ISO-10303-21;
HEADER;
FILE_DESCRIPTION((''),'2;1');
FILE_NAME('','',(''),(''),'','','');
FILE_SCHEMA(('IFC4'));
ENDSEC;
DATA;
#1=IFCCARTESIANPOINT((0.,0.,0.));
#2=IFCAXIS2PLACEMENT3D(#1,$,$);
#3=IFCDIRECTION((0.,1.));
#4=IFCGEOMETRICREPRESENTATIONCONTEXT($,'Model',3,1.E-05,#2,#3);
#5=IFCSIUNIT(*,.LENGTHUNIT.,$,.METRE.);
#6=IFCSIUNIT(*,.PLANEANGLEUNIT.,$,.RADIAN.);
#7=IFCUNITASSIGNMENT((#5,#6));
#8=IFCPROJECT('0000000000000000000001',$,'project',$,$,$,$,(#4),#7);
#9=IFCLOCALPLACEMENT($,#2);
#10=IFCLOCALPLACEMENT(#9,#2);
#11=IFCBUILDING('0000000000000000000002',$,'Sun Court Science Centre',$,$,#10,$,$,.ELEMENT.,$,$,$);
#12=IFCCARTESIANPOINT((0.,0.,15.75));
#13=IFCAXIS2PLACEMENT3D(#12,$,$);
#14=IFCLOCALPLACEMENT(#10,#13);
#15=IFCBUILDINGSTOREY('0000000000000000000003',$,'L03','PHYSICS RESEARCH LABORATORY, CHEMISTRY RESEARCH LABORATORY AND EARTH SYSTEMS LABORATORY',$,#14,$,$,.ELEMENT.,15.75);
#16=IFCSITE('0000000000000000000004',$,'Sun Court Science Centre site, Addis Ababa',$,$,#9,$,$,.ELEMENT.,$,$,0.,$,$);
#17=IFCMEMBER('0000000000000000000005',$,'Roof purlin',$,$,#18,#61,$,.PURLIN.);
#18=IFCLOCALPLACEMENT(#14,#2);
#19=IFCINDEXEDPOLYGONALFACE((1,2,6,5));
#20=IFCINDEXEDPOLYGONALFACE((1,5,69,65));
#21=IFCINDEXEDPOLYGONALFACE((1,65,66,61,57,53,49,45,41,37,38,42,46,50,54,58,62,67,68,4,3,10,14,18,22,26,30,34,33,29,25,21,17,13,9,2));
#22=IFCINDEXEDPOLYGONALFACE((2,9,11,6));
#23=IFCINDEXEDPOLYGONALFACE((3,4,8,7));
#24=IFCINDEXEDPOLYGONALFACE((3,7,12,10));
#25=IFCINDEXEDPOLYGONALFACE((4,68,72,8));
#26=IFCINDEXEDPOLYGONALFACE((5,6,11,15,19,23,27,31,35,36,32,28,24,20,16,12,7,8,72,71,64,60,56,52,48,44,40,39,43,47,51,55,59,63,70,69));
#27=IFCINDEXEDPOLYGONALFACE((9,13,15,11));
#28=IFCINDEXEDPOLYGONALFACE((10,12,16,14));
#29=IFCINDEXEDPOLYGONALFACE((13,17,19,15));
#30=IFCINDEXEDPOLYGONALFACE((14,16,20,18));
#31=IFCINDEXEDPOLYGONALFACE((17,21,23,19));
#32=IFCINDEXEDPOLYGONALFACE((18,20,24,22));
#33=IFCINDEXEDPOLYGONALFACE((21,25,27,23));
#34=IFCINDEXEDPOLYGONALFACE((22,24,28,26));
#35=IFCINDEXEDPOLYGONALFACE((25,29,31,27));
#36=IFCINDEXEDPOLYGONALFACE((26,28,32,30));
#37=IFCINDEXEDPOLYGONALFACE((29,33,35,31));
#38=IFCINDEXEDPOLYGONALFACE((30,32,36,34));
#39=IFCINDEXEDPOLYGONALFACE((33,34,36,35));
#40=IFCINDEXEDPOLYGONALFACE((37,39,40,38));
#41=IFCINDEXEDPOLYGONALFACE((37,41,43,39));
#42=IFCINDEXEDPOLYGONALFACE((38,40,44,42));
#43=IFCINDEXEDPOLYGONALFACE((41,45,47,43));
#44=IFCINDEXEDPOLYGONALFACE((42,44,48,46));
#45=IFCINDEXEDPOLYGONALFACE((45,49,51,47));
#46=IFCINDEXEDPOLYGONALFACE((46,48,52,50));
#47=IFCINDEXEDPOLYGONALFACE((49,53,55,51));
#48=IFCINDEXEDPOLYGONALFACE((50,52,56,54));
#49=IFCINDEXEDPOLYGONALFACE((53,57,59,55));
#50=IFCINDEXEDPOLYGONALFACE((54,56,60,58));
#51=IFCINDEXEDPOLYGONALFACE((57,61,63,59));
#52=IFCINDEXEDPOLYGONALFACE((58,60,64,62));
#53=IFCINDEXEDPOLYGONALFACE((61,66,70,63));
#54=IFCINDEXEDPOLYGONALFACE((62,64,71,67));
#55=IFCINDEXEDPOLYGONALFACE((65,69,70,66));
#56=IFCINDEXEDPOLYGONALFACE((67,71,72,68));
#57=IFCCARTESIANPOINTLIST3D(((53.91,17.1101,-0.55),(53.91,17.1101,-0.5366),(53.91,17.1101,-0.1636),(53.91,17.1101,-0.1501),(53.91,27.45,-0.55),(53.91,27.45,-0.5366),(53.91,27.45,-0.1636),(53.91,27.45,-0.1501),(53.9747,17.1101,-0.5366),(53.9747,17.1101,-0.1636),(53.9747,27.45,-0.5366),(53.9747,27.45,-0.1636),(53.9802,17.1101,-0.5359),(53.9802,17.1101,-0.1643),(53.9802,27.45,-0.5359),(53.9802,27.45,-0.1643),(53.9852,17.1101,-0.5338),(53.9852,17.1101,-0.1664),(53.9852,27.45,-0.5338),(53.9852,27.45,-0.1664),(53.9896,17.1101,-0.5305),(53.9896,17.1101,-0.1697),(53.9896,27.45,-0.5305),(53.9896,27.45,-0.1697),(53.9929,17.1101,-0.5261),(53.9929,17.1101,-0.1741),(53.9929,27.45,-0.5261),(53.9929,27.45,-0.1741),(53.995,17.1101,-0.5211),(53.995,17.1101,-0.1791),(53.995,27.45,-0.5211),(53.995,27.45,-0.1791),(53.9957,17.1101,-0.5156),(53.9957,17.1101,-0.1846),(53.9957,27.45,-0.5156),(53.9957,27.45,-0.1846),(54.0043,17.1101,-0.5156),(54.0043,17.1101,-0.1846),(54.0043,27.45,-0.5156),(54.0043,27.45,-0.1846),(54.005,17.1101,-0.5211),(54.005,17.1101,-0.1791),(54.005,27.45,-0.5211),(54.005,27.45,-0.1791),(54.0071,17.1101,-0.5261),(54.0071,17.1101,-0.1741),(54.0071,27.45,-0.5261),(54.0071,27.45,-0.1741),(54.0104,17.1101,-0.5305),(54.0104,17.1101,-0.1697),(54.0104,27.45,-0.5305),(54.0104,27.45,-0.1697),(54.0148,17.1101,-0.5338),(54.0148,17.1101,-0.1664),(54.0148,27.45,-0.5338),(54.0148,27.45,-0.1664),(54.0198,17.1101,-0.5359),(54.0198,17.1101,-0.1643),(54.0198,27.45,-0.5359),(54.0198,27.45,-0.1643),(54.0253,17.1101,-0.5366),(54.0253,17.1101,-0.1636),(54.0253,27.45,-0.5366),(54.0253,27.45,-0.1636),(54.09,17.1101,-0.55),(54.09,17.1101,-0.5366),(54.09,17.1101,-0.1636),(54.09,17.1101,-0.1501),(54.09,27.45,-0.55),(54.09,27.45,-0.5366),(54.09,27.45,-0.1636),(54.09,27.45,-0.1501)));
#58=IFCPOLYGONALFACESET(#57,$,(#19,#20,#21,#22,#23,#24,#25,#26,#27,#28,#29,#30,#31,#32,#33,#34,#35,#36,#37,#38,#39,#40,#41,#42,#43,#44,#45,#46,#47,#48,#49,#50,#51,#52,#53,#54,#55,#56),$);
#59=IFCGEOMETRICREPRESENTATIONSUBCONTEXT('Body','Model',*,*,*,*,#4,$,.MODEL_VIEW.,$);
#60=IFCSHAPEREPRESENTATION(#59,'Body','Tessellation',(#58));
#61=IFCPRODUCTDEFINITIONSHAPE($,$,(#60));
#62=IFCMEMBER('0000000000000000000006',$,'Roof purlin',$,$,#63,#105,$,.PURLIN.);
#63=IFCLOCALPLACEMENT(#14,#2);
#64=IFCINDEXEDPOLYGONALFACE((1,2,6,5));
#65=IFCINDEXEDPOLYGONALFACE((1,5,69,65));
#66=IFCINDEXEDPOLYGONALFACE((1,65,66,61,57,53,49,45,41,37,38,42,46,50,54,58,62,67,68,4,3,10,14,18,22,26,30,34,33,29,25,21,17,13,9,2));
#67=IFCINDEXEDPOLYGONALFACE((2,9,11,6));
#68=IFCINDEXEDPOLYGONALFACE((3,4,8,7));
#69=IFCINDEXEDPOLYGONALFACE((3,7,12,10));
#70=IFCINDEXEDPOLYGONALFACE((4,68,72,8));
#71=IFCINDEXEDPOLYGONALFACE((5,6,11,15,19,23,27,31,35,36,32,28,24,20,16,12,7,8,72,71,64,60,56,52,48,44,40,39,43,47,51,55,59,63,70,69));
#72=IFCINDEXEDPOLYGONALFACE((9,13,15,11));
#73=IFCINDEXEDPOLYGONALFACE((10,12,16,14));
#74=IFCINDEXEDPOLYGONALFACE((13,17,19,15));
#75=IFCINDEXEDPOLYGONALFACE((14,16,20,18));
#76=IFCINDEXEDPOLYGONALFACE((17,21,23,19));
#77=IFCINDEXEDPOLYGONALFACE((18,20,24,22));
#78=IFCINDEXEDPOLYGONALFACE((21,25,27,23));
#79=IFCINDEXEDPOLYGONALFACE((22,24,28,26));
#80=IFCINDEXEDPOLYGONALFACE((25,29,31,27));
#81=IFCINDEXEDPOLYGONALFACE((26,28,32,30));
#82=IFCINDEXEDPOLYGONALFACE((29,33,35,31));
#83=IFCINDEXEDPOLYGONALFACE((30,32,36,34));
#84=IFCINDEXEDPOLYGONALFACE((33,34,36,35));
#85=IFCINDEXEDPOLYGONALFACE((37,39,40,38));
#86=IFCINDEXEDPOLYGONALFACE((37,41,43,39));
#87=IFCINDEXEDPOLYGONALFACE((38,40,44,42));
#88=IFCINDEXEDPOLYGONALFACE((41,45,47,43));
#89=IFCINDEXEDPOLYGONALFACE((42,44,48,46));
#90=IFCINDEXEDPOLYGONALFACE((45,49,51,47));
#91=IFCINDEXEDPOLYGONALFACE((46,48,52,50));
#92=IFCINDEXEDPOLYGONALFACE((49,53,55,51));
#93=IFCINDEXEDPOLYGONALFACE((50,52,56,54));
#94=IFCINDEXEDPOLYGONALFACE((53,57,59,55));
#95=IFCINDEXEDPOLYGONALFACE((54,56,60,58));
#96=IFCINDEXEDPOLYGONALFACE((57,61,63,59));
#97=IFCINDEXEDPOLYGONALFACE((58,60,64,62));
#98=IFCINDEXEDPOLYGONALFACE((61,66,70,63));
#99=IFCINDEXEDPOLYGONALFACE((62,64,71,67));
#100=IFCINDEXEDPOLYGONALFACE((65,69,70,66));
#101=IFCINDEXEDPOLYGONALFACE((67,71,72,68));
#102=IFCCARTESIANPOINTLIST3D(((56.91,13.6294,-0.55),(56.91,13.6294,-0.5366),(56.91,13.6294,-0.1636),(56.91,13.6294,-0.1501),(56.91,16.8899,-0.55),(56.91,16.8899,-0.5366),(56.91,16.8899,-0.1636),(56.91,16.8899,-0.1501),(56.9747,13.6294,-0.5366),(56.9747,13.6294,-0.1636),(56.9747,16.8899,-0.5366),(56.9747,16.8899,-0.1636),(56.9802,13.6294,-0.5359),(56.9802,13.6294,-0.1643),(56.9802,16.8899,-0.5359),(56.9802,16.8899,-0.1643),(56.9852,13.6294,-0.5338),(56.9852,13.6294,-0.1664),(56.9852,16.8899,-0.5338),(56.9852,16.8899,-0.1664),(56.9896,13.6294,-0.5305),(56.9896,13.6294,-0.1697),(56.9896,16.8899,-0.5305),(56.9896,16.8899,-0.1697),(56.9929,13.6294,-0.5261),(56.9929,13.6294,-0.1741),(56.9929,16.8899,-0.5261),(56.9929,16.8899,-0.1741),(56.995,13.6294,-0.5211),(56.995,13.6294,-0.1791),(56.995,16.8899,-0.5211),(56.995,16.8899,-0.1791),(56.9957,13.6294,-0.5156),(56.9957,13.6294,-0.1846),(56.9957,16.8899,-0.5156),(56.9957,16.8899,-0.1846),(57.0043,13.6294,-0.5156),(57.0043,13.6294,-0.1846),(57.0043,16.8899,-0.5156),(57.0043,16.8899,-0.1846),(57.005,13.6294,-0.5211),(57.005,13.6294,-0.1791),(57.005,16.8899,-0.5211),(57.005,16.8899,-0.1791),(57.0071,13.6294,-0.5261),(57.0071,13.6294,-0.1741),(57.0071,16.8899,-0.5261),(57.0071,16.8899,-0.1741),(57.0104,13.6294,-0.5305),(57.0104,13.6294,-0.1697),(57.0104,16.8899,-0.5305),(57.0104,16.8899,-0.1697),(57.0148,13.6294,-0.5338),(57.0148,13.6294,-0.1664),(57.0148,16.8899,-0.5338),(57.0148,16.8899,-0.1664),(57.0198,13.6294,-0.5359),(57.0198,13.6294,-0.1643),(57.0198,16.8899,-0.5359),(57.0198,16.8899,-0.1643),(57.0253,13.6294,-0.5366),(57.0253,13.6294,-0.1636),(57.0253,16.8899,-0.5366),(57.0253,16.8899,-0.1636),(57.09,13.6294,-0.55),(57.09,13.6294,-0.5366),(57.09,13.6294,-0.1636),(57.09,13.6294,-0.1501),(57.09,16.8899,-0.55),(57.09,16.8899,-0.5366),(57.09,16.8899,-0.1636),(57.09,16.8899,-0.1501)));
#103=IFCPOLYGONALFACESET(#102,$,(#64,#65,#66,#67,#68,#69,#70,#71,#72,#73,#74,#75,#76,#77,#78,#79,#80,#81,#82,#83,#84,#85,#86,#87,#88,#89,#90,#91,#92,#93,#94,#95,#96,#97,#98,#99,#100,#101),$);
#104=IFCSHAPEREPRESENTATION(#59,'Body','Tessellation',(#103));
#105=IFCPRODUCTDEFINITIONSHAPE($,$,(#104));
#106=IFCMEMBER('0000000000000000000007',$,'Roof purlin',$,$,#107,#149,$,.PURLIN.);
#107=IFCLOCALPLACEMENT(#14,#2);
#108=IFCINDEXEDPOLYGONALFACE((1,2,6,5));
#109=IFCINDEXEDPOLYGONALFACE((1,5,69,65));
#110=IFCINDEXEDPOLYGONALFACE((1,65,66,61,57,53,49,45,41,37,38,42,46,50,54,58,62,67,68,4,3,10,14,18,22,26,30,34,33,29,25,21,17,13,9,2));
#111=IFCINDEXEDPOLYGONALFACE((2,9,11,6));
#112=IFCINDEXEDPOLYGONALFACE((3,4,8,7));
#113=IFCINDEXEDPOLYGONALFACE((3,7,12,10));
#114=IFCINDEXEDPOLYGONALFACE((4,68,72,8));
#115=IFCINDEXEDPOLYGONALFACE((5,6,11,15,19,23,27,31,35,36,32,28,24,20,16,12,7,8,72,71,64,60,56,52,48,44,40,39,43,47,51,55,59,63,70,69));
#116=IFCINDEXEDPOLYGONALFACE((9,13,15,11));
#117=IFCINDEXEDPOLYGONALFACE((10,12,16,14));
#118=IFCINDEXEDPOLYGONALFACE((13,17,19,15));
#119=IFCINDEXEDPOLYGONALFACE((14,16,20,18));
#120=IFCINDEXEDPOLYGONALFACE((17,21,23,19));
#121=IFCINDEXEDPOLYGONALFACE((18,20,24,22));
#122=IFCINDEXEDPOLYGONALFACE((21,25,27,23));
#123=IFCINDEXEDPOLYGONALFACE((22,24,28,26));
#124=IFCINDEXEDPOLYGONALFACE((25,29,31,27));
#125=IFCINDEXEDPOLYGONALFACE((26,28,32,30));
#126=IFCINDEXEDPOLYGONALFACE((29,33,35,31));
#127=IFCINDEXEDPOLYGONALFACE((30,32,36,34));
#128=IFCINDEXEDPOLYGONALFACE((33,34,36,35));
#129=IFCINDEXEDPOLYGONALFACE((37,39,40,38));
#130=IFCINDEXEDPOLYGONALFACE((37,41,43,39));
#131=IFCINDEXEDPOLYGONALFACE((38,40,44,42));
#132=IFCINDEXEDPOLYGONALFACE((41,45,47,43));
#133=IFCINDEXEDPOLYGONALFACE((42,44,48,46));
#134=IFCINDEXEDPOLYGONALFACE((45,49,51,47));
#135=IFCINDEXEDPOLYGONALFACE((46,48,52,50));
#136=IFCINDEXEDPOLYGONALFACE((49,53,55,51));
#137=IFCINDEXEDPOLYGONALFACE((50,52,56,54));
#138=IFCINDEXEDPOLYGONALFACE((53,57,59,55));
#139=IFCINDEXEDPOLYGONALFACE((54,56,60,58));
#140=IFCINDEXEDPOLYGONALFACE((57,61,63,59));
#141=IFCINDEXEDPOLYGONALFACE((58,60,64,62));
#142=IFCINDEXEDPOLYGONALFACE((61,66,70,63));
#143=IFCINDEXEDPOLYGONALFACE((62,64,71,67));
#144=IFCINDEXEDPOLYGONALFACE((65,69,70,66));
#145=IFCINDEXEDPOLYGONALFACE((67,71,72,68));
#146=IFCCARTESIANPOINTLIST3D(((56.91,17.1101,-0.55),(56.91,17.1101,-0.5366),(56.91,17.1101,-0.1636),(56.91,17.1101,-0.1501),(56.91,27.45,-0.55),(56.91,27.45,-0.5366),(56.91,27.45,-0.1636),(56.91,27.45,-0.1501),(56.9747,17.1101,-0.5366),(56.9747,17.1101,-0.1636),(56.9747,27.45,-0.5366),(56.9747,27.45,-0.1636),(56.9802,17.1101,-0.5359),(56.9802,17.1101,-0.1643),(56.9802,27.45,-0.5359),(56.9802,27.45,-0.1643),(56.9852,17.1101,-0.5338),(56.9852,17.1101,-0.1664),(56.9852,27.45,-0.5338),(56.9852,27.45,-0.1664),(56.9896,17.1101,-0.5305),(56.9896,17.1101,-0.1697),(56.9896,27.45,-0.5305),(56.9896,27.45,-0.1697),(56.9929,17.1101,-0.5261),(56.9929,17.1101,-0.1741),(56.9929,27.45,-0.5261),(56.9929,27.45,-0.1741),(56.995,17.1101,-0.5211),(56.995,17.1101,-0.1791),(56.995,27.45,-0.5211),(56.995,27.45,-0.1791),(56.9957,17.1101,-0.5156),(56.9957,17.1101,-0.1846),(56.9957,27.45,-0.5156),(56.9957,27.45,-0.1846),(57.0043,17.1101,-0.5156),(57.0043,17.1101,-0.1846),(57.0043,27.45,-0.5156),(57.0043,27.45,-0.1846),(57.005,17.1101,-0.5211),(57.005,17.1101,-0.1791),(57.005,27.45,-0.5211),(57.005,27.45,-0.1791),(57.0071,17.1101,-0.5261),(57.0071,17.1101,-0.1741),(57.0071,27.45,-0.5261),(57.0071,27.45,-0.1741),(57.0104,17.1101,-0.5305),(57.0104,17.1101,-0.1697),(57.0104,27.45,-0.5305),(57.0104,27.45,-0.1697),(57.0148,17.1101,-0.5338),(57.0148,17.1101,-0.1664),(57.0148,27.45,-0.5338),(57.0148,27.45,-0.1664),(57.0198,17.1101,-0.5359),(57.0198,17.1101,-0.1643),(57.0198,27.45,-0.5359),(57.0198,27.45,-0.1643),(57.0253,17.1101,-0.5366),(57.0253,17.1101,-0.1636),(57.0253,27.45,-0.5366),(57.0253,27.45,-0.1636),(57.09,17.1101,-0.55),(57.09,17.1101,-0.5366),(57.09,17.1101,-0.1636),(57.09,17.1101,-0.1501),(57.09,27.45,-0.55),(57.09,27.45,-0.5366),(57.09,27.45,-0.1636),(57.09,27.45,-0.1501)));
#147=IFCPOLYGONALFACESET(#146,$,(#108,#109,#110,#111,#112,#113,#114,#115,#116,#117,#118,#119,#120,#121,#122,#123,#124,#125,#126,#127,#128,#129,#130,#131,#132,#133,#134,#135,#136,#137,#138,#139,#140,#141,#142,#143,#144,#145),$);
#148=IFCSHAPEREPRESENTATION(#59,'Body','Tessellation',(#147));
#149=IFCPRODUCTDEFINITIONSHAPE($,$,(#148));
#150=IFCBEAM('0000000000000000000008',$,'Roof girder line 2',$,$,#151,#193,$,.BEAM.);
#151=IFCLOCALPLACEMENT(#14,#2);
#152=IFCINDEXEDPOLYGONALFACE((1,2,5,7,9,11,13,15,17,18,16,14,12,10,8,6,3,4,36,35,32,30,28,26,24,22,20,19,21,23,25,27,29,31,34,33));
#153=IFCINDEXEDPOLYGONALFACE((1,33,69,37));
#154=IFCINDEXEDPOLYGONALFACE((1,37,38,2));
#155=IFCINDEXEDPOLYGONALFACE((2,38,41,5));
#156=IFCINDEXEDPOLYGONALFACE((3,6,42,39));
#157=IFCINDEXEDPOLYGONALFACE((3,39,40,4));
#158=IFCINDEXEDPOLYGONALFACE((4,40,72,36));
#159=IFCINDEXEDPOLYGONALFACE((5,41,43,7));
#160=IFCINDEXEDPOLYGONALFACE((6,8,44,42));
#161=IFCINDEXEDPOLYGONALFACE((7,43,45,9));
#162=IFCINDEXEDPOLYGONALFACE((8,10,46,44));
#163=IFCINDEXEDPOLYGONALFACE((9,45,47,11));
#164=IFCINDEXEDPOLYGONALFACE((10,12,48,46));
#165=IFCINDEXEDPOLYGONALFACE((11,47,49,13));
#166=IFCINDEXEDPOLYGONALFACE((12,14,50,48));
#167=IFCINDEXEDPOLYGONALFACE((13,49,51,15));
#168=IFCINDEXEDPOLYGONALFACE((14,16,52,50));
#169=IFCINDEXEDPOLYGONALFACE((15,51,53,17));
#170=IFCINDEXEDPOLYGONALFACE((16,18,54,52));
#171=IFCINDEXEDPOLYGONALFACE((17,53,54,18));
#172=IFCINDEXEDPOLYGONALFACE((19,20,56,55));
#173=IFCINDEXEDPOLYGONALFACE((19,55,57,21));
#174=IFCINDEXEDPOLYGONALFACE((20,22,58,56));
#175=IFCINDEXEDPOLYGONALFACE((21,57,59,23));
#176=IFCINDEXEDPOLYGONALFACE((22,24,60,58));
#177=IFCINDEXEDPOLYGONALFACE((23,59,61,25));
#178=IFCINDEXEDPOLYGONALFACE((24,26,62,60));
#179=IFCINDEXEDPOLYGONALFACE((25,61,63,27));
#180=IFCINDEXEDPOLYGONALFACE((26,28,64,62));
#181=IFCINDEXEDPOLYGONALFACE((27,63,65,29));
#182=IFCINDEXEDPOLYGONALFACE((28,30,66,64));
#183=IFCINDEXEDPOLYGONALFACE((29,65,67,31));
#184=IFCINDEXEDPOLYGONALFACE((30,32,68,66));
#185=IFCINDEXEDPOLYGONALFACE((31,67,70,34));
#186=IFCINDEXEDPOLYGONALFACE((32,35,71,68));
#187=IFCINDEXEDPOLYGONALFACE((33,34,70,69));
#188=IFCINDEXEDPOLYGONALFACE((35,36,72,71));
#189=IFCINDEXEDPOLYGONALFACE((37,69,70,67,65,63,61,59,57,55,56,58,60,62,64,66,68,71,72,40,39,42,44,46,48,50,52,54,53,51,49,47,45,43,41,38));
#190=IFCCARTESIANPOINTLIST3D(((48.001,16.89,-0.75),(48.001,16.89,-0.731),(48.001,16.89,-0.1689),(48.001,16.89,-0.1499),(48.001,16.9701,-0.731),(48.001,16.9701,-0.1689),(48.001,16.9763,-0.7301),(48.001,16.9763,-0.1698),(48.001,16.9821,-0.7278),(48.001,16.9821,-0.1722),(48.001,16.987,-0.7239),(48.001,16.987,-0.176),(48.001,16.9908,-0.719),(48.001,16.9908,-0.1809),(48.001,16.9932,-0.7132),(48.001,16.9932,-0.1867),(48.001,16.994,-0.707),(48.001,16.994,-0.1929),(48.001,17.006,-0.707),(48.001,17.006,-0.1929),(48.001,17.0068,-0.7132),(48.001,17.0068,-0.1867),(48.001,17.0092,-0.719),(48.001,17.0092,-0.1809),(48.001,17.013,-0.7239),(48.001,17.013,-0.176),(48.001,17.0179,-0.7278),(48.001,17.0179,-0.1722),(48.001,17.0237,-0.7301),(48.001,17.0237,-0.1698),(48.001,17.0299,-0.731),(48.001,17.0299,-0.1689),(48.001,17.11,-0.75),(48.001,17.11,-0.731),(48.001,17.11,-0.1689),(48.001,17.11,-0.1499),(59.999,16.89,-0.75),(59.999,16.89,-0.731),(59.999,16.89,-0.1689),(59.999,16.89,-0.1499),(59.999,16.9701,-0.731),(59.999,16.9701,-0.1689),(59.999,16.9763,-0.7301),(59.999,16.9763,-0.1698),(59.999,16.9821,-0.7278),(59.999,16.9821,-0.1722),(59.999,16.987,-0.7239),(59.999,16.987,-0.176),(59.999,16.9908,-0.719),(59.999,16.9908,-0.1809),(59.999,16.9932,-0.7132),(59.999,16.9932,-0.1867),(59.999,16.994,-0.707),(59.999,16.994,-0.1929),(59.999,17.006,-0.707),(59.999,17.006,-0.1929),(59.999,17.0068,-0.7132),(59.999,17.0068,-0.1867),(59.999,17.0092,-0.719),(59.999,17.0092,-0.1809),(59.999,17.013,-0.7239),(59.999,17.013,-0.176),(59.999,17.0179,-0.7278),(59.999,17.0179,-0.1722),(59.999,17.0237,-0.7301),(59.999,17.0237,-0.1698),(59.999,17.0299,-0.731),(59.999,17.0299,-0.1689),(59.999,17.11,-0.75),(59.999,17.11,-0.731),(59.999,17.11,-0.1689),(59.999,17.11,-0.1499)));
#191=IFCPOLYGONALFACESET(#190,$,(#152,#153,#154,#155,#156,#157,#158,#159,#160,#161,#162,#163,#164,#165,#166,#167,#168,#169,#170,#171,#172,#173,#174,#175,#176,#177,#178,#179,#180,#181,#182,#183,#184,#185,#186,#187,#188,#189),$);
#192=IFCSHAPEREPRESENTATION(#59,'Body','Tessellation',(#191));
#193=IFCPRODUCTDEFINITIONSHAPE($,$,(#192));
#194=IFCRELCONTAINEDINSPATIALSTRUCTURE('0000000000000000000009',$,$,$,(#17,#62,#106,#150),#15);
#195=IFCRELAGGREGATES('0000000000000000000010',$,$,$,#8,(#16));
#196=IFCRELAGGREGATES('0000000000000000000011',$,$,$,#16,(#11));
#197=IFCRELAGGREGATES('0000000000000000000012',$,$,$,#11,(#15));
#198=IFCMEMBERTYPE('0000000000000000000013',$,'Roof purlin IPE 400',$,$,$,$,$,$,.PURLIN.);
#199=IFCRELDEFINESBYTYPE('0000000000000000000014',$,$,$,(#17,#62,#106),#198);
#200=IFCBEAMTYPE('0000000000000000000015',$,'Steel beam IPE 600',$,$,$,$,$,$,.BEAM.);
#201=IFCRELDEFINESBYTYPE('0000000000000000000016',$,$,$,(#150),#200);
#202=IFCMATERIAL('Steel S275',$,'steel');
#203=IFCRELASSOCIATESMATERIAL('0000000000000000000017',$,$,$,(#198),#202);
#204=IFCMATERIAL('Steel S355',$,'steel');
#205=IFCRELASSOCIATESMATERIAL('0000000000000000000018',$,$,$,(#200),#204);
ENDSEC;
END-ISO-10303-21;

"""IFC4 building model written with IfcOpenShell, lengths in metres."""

from ifc_helpers import new_model, si_unit, direction, frame, origin, origin_2d, place, context, subcontext, project, spatial, i_section, extrude, material, material_profile, profile_set, type_object, element, save


model = new_model("IFC4")

# Units and contexts
model_context = context("Model", 3, precision=1e-05, world=origin(), true_north=direction((0.0, 1.0)))
body_context = subcontext(model_context, "Body", "Model", "MODEL_VIEW")
ifc_project = project(units=[si_unit("LENGTHUNIT", "METRE"), si_unit("PLANEANGLEUNIT", "RADIAN")], contexts=[model_context])

# Site, building, storey
site_placement = place(None, origin())
site = spatial("IfcSite", under=ifc_project, at=site_placement, Name="Sun Court Science Centre site, Addis Ababa", CompositionType="ELEMENT", RefElevation=0.0)
building_placement = place(site_placement, origin())
building = spatial("IfcBuilding", under=site, at=building_placement, Name="Sun Court Science Centre", CompositionType="ELEMENT")
storey_placement = place(building_placement, frame((0.0, 0.0, 15.75)))
storey = spatial("IfcBuildingStorey", under=building, at=storey_placement, Name="L03", Description="PHYSICS RESEARCH LABORATORY, CHEMISTRY RESEARCH LABORATORY AND EARTH SYSTEMS LABORATORY", CompositionType="ELEMENT", Elevation=15.75)

# Members
ifc_material_1 = material(Name="Steel S275", Category="steel")
ifc_material_profile_1 = material_profile(ifc_material_1, i_section(OverallWidth=0.1799, OverallDepth=0.3999, WebThickness=0.0085, FlangeThickness=0.0134, FilletRadius=0.021, at=origin_2d()), Name="IPE 400")
ifc_profile_set_1 = profile_set([ifc_material_profile_1], Name="Steel S275")
member_type_1 = type_object("IfcMemberType", Name="Roof purlin IPE 400", PredefinedType="PURLIN", material=ifc_profile_set_1)
member_1_placement = place(storey_placement, frame((54.0, 17.1101, -0.3501), z_axis=(0.0, 1.0, 0.0), x_axis=(-1.0, 0.0, 0.0)))
element("IfcMember", 1, at=member_1_placement, inside=storey, type_object=member_type_1, Name="Roof purlin", PredefinedType="PURLIN", context=body_context, shape_type="SweptSolid", body=[
    extrude(i_section(OverallWidth=0.1799, OverallDepth=0.3999, WebThickness=0.0085, FlangeThickness=0.0134, FilletRadius=0.021, at=origin_2d()), origin(), (0.0, 0.0, 1.0), 10.3398),
])
member_2_placement = place(storey_placement, frame((57.0, 13.6294, -0.3501), z_axis=(0.0, 1.0, 0.0), x_axis=(-1.0, 0.0, 0.0)))
element("IfcMember", 2, at=member_2_placement, inside=storey, type_object=member_type_1, Name="Roof purlin", PredefinedType="PURLIN", context=body_context, shape_type="SweptSolid", body=[
    extrude(i_section(OverallWidth=0.1799, OverallDepth=0.3999, WebThickness=0.0085, FlangeThickness=0.0134, FilletRadius=0.021, at=origin_2d()), origin(), (0.0, 0.0, 1.0), 3.2605),
])
member_3_placement = place(storey_placement, frame((57.0, 17.1101, -0.3501), z_axis=(0.0, 1.0, 0.0), x_axis=(-1.0, 0.0, 0.0)))
element("IfcMember", 3, at=member_3_placement, inside=storey, type_object=member_type_1, Name="Roof purlin", PredefinedType="PURLIN", context=body_context, shape_type="SweptSolid", body=[
    extrude(i_section(OverallWidth=0.1799, OverallDepth=0.3999, WebThickness=0.0085, FlangeThickness=0.0134, FilletRadius=0.021, at=origin_2d()), origin(), (0.0, 0.0, 1.0), 10.3398),
])

# Beam
ifc_material_2 = material(Name="Steel S355", Category="steel")
ifc_material_profile_2 = material_profile(ifc_material_2, i_section(OverallWidth=0.22, OverallDepth=0.6001, WebThickness=0.012, FlangeThickness=0.019, FilletRadius=0.0239, at=origin_2d()), Name="IPE 600")
ifc_profile_set_2 = profile_set([ifc_material_profile_2], Name="Steel S355")
beam_type = type_object("IfcBeamType", Name="Steel beam IPE 600", PredefinedType="BEAM", material=ifc_profile_set_2)
beam_1_placement = place(storey_placement, frame((48.001, 17.0, -0.45), z_axis=(1.0, 0.0, 0.0), x_axis=(0.0, 1.0, 0.0)))
element("IfcBeam", 4, at=beam_1_placement, inside=storey, type_object=beam_type, Name="Roof girder line 2", PredefinedType="BEAM", context=body_context, shape_type="SweptSolid", body=[
    extrude(i_section(OverallWidth=0.22, OverallDepth=0.6001, WebThickness=0.012, FlangeThickness=0.019, FilletRadius=0.0239, at=origin_2d()), origin(), (0.0, 0.0, 1.0), 11.998),
])

save(model, "model.ifc")
